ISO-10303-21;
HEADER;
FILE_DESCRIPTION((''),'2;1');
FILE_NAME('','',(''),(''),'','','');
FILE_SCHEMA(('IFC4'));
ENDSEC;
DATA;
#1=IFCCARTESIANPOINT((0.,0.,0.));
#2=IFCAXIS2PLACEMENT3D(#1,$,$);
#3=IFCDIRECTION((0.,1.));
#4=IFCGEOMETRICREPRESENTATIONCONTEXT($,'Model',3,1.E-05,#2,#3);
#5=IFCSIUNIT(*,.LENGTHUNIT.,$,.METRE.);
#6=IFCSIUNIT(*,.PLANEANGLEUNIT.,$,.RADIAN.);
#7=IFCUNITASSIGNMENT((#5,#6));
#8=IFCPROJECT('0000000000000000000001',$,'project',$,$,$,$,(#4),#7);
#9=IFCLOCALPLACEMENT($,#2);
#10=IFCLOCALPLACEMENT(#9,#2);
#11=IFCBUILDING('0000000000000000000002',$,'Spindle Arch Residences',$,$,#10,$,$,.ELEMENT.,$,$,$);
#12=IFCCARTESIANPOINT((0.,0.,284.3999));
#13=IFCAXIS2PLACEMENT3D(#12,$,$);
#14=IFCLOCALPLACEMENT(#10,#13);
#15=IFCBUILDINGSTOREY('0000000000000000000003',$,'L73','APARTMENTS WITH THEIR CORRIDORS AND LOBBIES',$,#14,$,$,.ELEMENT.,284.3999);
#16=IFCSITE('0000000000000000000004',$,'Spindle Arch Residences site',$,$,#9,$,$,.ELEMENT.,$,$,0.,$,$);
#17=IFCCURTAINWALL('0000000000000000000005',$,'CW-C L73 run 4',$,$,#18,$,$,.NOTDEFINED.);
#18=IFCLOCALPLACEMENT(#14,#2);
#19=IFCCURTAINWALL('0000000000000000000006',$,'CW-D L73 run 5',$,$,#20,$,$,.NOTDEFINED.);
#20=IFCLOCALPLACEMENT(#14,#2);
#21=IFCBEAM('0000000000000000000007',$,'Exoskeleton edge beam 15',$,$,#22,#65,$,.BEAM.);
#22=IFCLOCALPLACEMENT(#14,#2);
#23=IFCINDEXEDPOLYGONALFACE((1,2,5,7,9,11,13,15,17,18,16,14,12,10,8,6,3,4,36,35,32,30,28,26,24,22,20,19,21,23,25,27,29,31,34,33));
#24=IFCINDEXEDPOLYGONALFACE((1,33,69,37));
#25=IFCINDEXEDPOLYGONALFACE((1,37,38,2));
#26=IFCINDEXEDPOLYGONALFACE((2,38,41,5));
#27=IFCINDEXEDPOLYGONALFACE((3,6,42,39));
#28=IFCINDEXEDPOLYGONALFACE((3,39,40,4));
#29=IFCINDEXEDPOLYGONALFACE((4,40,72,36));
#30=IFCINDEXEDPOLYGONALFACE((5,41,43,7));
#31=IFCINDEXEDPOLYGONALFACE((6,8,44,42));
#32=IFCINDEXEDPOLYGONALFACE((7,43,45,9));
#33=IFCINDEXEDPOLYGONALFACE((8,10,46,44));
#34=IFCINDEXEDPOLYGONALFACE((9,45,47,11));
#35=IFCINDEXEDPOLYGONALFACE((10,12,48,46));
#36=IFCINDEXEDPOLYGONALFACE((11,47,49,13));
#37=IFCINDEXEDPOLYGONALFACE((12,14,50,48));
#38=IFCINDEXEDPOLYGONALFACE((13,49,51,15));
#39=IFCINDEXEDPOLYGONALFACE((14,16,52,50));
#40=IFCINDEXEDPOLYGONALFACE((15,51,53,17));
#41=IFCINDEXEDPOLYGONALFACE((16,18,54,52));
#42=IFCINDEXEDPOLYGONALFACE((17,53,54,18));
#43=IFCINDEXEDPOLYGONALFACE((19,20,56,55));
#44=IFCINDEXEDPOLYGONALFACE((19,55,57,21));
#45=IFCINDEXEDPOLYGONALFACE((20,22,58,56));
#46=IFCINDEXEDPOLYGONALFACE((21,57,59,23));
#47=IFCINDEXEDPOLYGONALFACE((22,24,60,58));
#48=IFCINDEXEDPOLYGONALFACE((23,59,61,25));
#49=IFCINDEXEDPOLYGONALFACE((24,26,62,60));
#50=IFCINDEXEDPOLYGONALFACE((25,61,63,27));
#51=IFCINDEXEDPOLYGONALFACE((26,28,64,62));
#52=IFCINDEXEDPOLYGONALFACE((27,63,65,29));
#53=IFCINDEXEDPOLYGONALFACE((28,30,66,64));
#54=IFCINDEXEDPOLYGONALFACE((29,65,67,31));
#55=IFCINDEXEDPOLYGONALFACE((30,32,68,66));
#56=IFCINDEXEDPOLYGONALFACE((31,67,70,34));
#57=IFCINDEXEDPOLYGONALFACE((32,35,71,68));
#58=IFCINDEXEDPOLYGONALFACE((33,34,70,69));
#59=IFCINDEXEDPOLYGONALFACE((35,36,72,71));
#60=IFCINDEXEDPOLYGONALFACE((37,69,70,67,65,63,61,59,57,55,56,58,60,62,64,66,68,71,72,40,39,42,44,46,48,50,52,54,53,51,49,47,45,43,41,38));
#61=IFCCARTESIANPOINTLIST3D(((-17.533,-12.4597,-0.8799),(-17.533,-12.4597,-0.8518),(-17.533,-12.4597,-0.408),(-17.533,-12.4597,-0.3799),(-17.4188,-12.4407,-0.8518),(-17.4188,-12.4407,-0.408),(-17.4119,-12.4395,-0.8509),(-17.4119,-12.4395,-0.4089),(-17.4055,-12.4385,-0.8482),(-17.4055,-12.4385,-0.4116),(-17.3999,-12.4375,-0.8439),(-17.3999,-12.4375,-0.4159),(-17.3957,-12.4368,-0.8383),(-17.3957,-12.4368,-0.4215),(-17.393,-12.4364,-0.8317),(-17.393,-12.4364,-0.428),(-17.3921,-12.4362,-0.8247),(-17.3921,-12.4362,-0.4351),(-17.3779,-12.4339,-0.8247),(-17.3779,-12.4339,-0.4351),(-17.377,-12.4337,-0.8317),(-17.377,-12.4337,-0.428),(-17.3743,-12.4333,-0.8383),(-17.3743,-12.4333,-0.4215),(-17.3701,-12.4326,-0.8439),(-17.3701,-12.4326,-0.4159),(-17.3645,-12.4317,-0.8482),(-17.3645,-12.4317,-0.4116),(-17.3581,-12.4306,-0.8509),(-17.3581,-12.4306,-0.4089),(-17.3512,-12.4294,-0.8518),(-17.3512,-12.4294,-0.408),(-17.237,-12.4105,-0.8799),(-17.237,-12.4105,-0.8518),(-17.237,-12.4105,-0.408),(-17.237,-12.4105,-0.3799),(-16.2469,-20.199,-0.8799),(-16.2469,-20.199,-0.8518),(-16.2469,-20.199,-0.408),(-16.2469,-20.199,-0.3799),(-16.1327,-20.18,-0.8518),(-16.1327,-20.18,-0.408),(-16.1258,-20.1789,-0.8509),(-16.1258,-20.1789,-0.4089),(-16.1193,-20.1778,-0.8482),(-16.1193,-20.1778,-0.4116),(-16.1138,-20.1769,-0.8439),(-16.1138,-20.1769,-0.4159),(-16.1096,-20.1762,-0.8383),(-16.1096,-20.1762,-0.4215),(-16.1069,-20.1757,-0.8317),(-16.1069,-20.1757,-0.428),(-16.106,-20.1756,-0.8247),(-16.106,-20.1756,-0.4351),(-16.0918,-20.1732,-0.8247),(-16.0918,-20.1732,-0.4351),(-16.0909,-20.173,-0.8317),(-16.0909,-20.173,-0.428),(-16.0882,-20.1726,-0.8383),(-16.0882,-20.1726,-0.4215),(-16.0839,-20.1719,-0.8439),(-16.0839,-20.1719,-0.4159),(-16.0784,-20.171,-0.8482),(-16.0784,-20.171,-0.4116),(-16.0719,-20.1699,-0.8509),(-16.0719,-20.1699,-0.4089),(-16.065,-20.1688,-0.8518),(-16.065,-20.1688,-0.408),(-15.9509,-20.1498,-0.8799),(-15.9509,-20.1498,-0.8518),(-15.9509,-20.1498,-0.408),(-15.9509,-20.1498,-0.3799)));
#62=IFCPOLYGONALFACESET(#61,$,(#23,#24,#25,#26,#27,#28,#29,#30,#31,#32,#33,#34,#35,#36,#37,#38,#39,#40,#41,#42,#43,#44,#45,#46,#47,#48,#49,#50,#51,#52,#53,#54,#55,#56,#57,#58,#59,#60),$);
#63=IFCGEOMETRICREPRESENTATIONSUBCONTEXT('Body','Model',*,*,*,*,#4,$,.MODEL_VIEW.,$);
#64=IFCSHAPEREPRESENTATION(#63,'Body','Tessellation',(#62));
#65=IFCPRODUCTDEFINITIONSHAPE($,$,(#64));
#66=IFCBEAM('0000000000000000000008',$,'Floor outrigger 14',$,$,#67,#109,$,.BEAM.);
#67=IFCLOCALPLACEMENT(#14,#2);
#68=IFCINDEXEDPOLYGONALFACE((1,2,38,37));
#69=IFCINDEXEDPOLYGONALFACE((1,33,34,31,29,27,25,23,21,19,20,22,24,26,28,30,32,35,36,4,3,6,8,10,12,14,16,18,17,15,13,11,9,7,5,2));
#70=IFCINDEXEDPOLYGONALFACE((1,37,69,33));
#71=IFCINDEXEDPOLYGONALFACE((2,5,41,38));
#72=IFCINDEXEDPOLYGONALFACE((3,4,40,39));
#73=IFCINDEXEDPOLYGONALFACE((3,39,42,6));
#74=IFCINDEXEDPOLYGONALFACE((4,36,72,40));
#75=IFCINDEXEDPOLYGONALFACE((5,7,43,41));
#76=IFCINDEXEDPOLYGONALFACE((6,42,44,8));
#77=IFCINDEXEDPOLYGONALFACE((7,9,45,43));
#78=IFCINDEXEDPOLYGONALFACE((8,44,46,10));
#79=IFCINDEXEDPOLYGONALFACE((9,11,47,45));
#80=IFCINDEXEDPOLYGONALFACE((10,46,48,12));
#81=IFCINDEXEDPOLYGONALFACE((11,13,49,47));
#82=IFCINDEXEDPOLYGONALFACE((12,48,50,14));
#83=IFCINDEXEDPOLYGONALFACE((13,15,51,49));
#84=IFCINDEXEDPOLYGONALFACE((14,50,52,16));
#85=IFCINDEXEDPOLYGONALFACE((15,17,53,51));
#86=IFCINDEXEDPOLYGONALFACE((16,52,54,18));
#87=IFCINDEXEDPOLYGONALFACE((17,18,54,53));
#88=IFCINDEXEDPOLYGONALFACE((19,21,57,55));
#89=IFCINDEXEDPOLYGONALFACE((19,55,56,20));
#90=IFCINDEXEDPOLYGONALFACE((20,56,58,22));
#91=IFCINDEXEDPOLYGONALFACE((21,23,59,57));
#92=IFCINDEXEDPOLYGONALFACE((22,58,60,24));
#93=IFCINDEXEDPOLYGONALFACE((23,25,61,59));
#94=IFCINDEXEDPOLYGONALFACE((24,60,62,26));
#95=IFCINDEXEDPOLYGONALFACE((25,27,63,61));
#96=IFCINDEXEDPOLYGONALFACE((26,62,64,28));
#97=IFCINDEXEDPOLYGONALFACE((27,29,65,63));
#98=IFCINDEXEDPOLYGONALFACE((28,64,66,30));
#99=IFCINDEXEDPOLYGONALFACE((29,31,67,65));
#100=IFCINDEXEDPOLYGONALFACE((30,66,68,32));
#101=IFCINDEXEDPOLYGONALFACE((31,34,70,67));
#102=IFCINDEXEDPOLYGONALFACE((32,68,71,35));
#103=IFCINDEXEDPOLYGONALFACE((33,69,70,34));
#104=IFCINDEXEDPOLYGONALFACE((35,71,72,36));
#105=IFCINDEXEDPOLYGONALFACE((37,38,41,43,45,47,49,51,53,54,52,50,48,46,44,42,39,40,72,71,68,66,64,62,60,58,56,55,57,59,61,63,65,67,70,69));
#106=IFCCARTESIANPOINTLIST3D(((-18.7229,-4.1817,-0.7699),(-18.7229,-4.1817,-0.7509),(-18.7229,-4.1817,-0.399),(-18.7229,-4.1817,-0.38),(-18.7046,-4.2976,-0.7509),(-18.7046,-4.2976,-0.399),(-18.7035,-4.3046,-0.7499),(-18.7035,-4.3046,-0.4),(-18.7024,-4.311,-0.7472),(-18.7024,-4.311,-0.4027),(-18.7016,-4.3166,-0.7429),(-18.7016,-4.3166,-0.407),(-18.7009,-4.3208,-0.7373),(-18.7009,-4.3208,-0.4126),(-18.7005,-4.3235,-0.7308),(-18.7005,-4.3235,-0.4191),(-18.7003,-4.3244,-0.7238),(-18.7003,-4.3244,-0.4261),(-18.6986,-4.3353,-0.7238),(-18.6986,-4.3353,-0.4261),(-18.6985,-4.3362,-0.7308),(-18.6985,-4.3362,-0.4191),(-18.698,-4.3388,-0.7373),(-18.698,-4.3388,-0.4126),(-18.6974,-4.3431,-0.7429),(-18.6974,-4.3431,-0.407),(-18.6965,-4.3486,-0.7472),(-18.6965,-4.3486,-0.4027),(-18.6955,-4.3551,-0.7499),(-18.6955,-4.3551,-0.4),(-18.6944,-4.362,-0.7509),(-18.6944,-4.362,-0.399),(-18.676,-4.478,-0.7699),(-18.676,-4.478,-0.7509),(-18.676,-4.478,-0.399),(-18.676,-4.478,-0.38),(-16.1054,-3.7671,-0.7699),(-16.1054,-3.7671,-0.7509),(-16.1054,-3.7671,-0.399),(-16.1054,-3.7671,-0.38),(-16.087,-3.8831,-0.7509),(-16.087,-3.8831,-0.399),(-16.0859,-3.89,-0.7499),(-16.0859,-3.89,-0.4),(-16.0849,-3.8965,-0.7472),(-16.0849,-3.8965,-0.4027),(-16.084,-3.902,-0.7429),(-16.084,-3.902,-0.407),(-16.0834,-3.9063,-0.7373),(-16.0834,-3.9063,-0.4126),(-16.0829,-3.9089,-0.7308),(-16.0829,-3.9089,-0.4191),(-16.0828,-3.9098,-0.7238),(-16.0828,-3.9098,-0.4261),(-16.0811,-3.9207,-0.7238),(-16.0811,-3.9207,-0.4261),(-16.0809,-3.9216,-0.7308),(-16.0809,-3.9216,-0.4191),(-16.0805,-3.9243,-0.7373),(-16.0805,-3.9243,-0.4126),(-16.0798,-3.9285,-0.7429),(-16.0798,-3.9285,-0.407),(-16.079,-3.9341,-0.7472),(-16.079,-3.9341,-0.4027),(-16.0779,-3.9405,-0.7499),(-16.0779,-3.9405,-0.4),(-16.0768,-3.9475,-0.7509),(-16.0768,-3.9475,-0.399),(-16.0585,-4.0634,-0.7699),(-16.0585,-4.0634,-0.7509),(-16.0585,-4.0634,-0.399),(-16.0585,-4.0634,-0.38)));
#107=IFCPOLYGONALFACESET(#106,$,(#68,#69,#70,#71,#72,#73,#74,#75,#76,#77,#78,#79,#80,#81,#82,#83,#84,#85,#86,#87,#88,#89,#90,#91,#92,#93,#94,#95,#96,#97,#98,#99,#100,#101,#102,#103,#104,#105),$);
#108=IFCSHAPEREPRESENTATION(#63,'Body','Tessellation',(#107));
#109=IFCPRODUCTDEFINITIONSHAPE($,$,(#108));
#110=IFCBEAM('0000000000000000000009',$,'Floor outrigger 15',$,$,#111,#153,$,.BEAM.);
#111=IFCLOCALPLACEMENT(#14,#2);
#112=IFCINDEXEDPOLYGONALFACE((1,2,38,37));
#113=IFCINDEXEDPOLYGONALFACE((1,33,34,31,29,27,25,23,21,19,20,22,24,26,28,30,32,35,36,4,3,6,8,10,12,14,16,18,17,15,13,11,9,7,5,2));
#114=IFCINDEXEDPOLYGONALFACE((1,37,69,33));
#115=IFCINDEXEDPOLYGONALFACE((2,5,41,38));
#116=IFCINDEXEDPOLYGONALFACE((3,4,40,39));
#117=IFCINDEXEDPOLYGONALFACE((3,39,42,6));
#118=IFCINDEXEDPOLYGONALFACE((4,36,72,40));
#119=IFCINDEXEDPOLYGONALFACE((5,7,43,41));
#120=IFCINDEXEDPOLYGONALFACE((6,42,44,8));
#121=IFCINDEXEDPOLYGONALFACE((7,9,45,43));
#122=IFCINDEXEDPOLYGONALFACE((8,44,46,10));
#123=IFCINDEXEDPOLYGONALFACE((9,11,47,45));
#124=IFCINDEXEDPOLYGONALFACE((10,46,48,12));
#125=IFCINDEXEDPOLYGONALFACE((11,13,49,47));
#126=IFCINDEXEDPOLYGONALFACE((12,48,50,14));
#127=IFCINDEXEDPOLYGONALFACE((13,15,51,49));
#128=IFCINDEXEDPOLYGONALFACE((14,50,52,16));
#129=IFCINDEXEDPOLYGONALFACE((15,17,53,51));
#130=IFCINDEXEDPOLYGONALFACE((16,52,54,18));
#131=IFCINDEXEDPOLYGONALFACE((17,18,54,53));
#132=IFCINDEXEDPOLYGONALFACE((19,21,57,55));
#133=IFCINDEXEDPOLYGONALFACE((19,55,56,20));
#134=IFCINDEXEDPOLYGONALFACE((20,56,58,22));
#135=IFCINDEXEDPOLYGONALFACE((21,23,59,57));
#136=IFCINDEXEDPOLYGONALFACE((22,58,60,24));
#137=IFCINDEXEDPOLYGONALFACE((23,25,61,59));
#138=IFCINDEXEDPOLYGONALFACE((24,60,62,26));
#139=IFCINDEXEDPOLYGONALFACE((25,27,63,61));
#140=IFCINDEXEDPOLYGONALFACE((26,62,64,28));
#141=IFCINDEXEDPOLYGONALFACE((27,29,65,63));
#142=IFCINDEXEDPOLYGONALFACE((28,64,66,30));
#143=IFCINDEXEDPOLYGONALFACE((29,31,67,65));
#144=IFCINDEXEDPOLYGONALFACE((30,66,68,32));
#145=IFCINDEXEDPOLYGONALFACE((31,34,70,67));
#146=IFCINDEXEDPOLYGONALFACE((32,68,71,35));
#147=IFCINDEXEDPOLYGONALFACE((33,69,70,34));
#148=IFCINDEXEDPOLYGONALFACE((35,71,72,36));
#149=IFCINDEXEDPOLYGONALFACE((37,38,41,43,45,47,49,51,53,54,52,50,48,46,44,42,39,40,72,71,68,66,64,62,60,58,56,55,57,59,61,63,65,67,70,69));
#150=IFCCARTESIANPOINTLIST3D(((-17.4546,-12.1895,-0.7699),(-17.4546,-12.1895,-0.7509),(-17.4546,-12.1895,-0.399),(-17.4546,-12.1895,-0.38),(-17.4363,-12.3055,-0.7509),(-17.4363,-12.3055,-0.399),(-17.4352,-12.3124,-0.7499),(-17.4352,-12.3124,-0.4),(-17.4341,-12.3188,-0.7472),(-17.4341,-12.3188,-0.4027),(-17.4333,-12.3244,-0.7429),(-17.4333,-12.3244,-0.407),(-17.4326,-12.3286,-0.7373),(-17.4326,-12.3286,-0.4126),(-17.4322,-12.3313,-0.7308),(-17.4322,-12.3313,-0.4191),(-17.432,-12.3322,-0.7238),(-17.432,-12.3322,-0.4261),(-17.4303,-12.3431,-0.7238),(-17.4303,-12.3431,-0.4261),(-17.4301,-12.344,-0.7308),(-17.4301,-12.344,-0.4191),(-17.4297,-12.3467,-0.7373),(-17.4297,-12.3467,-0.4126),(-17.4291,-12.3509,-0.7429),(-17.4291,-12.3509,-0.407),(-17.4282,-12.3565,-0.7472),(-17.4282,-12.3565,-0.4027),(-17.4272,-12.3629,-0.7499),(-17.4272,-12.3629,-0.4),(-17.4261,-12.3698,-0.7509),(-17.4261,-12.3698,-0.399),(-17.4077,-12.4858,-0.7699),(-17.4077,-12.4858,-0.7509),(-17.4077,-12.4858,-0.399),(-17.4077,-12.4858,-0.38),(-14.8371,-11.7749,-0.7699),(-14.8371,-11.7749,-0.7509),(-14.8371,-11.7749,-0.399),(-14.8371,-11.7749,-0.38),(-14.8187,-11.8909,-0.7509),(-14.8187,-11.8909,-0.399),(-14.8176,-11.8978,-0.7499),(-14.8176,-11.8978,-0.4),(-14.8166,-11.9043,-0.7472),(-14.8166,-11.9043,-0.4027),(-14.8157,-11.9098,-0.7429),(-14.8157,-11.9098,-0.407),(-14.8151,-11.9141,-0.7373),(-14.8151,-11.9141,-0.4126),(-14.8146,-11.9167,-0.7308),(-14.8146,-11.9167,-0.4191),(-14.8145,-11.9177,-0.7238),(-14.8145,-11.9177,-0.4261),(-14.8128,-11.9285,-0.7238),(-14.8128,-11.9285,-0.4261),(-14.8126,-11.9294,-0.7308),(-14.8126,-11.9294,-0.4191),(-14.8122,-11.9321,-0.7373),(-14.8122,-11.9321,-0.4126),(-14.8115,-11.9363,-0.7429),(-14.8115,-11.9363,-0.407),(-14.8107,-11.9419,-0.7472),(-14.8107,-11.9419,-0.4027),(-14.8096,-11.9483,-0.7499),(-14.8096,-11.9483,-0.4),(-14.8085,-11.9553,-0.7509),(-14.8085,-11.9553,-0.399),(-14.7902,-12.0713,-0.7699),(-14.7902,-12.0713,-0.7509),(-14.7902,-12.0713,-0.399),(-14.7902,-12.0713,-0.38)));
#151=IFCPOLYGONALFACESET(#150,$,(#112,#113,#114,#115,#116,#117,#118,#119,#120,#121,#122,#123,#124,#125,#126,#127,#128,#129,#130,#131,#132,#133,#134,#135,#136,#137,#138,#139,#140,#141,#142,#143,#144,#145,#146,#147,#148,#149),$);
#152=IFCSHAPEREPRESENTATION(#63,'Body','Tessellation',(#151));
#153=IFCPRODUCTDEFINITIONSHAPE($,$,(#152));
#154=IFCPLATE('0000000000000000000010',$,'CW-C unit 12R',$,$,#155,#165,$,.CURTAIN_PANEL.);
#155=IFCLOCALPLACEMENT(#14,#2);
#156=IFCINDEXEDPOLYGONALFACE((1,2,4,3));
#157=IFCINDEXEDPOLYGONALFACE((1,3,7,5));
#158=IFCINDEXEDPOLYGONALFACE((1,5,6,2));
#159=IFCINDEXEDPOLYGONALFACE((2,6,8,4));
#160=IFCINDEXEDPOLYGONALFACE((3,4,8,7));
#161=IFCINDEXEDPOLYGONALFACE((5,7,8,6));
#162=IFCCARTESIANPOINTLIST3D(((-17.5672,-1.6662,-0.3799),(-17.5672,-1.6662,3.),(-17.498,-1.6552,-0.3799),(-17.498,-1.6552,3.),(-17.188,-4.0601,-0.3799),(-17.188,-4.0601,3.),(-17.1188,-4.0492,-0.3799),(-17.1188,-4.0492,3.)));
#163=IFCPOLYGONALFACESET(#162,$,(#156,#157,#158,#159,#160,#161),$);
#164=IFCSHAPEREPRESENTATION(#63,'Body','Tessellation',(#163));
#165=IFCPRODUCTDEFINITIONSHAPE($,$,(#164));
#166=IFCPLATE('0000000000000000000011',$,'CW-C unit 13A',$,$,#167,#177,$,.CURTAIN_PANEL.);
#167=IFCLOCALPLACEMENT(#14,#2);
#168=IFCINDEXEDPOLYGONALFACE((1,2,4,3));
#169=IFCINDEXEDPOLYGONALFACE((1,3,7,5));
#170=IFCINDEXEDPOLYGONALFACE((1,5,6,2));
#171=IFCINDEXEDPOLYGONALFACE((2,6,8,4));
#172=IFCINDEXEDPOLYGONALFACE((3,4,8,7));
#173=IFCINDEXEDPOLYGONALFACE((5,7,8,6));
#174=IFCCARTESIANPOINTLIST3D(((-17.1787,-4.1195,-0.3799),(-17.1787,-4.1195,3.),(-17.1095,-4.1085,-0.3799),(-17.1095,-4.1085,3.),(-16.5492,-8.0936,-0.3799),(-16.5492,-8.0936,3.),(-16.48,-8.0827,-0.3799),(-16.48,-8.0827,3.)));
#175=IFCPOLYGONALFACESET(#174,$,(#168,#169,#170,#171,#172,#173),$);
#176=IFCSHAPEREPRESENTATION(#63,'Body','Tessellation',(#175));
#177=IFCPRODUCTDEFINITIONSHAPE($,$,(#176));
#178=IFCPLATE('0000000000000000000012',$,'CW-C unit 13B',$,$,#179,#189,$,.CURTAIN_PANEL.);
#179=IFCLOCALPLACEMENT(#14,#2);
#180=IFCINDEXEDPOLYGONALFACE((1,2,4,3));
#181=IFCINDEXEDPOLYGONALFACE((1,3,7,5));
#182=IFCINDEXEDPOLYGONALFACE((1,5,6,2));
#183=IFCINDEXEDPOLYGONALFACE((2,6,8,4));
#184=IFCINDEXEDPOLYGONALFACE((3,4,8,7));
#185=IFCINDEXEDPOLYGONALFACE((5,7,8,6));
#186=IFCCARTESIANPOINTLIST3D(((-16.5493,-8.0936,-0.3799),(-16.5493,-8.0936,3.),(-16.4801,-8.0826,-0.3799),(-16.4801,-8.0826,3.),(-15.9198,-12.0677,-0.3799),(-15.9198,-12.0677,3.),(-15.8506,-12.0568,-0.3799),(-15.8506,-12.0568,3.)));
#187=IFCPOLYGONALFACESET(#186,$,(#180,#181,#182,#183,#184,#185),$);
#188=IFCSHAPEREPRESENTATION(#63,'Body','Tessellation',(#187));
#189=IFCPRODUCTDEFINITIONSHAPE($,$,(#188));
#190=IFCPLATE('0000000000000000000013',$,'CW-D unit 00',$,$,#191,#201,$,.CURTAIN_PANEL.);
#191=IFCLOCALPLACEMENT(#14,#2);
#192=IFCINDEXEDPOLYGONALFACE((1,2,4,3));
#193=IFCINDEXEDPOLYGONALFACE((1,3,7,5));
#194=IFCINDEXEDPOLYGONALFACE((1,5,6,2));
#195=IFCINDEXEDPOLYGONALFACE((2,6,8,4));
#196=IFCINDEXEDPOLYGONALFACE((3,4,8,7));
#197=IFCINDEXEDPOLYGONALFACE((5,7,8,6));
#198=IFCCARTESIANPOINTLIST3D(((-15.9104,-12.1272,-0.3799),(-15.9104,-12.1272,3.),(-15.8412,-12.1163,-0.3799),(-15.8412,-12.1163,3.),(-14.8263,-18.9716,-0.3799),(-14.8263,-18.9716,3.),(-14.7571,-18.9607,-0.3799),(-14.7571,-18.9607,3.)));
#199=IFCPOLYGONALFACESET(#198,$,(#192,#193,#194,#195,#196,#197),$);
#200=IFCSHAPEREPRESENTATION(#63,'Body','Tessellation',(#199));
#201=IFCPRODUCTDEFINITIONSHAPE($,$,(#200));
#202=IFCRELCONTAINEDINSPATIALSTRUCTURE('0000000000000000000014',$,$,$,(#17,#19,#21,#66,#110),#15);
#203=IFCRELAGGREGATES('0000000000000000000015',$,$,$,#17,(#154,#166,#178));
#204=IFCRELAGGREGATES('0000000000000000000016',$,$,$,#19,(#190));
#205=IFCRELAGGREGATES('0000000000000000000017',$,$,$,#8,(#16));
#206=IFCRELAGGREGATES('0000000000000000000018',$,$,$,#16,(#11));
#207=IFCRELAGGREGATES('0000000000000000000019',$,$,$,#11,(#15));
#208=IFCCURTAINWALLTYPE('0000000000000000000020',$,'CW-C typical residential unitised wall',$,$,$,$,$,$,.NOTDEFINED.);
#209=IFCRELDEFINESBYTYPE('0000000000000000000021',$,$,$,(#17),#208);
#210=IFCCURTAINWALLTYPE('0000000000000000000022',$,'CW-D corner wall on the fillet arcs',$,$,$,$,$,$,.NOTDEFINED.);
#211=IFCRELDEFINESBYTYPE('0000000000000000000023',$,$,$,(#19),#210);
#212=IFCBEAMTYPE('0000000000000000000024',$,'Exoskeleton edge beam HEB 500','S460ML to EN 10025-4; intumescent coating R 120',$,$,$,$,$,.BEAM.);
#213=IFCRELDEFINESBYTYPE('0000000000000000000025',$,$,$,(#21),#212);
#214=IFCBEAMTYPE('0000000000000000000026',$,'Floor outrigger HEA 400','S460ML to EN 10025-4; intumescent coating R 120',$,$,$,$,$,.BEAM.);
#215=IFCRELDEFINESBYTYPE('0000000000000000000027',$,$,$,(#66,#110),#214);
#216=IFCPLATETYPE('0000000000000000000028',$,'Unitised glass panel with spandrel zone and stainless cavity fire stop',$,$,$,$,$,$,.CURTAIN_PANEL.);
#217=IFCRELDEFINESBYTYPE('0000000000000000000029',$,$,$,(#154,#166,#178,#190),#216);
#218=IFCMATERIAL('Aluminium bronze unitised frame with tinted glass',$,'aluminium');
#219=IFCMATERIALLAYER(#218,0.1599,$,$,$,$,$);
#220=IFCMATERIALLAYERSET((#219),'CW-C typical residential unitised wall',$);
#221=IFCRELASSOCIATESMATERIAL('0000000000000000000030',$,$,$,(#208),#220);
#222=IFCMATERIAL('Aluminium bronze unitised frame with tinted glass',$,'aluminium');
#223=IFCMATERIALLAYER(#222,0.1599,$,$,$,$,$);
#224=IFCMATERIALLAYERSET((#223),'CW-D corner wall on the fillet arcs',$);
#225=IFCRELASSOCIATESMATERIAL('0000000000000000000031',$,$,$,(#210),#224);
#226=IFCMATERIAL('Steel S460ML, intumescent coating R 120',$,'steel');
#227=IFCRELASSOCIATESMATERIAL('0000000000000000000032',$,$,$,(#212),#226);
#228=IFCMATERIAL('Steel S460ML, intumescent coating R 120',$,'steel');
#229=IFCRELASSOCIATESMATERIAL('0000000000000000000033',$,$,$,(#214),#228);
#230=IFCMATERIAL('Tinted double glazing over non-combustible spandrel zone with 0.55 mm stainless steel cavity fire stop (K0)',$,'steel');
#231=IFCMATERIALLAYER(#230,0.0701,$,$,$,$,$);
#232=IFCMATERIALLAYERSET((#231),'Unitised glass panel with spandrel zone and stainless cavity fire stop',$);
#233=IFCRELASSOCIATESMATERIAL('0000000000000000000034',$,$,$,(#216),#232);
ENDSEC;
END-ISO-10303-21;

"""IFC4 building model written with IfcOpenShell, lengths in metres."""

from ifc_helpers import new_model, si_unit, direction, frame, origin, origin_2d, place, context, subcontext, project, spatial, rectangle, i_section, extrude, material, layer, layer_set, material_profile, profile_set, type_object, element, aggregate, save


model = new_model("IFC4")

# Units and contexts
model_context = context("Model", 3, precision=1e-05, world=origin(), true_north=direction((0.0, 1.0)))
body_context = subcontext(model_context, "Body", "Model", "MODEL_VIEW")
ifc_project = project(units=[si_unit("LENGTHUNIT", "METRE"), si_unit("PLANEANGLEUNIT", "RADIAN")], contexts=[model_context])

# Site, building, storey
site_placement = place(None, origin())
site = spatial("IfcSite", under=ifc_project, at=site_placement, Name="Spindle Arch Residences site", CompositionType="ELEMENT", RefElevation=0.0)
building_placement = place(site_placement, origin())
building = spatial("IfcBuilding", under=site, at=building_placement, Name="Spindle Arch Residences", CompositionType="ELEMENT")
storey_placement = place(building_placement, frame((0.0, 0.0, 284.3999)))
storey = spatial("IfcBuildingStorey", under=building, at=storey_placement, Name="L73", Description="APARTMENTS WITH THEIR CORRIDORS AND LOBBIES", CompositionType="ELEMENT", Elevation=284.3999)

# Curtain wall
ifc_material_1 = material(Name="Aluminium bronze unitised frame with tinted glass", Category="aluminium")
ifc_layer_1 = layer(ifc_material_1, 0.1599)
ifc_layer_set_1 = layer_set([ifc_layer_1], Name="CW-C typical residential unitised wall")
curtain_wall_type_1 = type_object("IfcCurtainWallType", Name="CW-C typical residential unitised wall", PredefinedType="NOTDEFINED", material=ifc_layer_set_1)
curtain_wall_1_placement = place(storey_placement, origin())
curtain_wall_1 = element("IfcCurtainWall", 1, at=curtain_wall_1_placement, inside=storey, type_object=curtain_wall_type_1, Name="CW-C L73 run 4", PredefinedType="NOTDEFINED")

# Curtain wall
ifc_material_2 = material(Name="Aluminium bronze unitised frame with tinted glass", Category="aluminium")
ifc_layer_2 = layer(ifc_material_2, 0.1599)
ifc_layer_set_2 = layer_set([ifc_layer_2], Name="CW-D corner wall on the fillet arcs")
curtain_wall_type_2 = type_object("IfcCurtainWallType", Name="CW-D corner wall on the fillet arcs", PredefinedType="NOTDEFINED", material=ifc_layer_set_2)
curtain_wall_2_placement = place(storey_placement, origin())
curtain_wall_2 = element("IfcCurtainWall", 2, at=curtain_wall_2_placement, inside=storey, type_object=curtain_wall_type_2, Name="CW-D L73 run 5", PredefinedType="NOTDEFINED")

# Beams
ifc_material_3 = material(Name="Steel S460ML, intumescent coating R 120", Category="steel")
ifc_material_profile_1 = material_profile(ifc_material_3, i_section(OverallWidth=0.3, OverallDepth=0.5, WebThickness=0.0144, FlangeThickness=0.0281, FilletRadius=0.0271, at=origin_2d()), Name="HEB 500")
ifc_profile_set_1 = profile_set([ifc_material_profile_1], Name="Steel S460ML, intumescent coating R 120")
beam_type_1 = type_object("IfcBeamType", Name="Exoskeleton edge beam HEB 500", Description="S460ML to EN 10025-4; intumescent coating R 120", PredefinedType="BEAM", material=ifc_profile_set_1)
beam_1_placement = place(storey_placement, frame((-17.385, -12.4351, -0.6299), z_axis=(0.163935, -0.986471, 0.0), x_axis=(0.986471, 0.163935, 0.0)))
element("IfcBeam", 3, at=beam_1_placement, inside=storey, type_object=beam_type_1, Name="Exoskeleton edge beam 15", PredefinedType="BEAM", context=body_context, shape_type="SweptSolid", body=[
    extrude(i_section(OverallWidth=0.3, OverallDepth=0.5, WebThickness=0.0144, FlangeThickness=0.0281, FilletRadius=0.0271, at=origin_2d()), origin(), (0.0, 0.0, 1.0), 7.8455),
])
ifc_material_4 = material(Name="Steel S460ML, intumescent coating R 120", Category="steel")
ifc_material_profile_2 = material_profile(ifc_material_4, i_section(OverallWidth=0.3, OverallDepth=0.3899, WebThickness=0.011, FlangeThickness=0.019, FilletRadius=0.0271, at=origin_2d()), Name="HEA 400")
ifc_profile_set_2 = profile_set([ifc_material_profile_2], Name="Steel S460ML, intumescent coating R 120")
beam_type_2 = type_object("IfcBeamType", Name="Floor outrigger HEA 400", Description="S460ML to EN 10025-4; intumescent coating R 120", PredefinedType="BEAM", material=ifc_profile_set_2)
for number, where, z_axis, x_axis, name in (
    (4, (-18.6995, -4.3298, -0.575), (0.987689, 0.156431, 0.0), (-0.156431, 0.987689, 0.0), "Floor outrigger 14"),
    (5, (-17.4312, -12.3376, -0.575), (0.987689, 0.156431, 0.0), (-0.156431, 0.987689, 0.0), "Floor outrigger 15"),
):
    element("IfcBeam", number, at=place(storey_placement, frame(where, z_axis=z_axis, x_axis=x_axis)), inside=storey, type_object=beam_type_2, Name=name, PredefinedType="BEAM", context=body_context, shape_type="SweptSolid", body=[
        extrude(i_section(OverallWidth=0.3, OverallDepth=0.3899, WebThickness=0.011, FlangeThickness=0.019, FilletRadius=0.0271, at=origin_2d()), origin(), (0.0, 0.0, 1.0), 2.6501),
    ])

# Plates
ifc_material_5 = material(Name="Tinted double glazing over non-combustible spandrel zone with 0.55 mm stainless steel cavity fire stop (K0)", Category="steel")
ifc_layer_3 = layer(ifc_material_5, 0.0701)
ifc_layer_set_3 = layer_set([ifc_layer_3], Name="Unitised glass panel with spandrel zone and stainless cavity fire stop")
plate_type = type_object("IfcPlateType", Name="Unitised glass panel with spandrel zone and stainless cavity fire stop", PredefinedType="CURTAIN_PANEL", material=ifc_layer_set_3)
plate_1_placement = place(storey_placement, frame((-17.343, -2.8577, -0.3799), z_axis=(0.0, 0.0, 1.0), x_axis=(0.156434, -0.987688, 0.0)))
plate_1 = element("IfcPlate", 6, at=plate_1_placement, type_object=plate_type, Name="CW-C unit 12R", PredefinedType="CURTAIN_PANEL", context=body_context, shape_type="SweptSolid", body=[
    extrude(rectangle(XDim=2.4238, YDim=0.0701, at=origin_2d()), origin(), (0.0, 0.0, 1.0), 3.3799),
])
plate_2_placement = place(storey_placement, frame((-16.8293, -6.1011, -0.3799), z_axis=(0.0, 0.0, 1.0), x_axis=(0.156434, -0.987688, 0.0)))
plate_2 = element("IfcPlate", 7, at=plate_2_placement, type_object=plate_type, Name="CW-C unit 13A", PredefinedType="CURTAIN_PANEL", context=body_context, shape_type="SweptSolid", body=[
    extrude(rectangle(XDim=4.0237, YDim=0.0701, at=origin_2d()), origin(), (0.0, 0.0, 1.0), 3.3799),
])
plate_3_placement = place(storey_placement, frame((-16.2, -10.0752, -0.3799), z_axis=(0.0, 0.0, 1.0), x_axis=(0.156434, -0.987688, 0.0)))
plate_3 = element("IfcPlate", 8, at=plate_3_placement, type_object=plate_type, Name="CW-C unit 13B", PredefinedType="CURTAIN_PANEL", context=body_context, shape_type="SweptSolid", body=[
    extrude(rectangle(XDim=4.0237, YDim=0.0701, at=origin_2d()), origin(), (0.0, 0.0, 1.0), 3.3799),
])
aggregate(curtain_wall_1, [plate_1, plate_2, plate_3])
plate_4_placement = place(storey_placement, frame((-15.3337, -15.5439, -0.3799), z_axis=(0.0, 0.0, 1.0), x_axis=(0.156434, -0.987688, 0.0)))
plate_4 = element("IfcPlate", 9, at=plate_4_placement, type_object=plate_type, Name="CW-D unit 00", PredefinedType="CURTAIN_PANEL", context=body_context, shape_type="SweptSolid", body=[
    extrude(rectangle(XDim=6.9297, YDim=0.0701, at=origin_2d()), origin(), (0.0, 0.0, 1.0), 3.3799),
])
aggregate(curtain_wall_2, [plate_4])

save(model, "model.ifc")
